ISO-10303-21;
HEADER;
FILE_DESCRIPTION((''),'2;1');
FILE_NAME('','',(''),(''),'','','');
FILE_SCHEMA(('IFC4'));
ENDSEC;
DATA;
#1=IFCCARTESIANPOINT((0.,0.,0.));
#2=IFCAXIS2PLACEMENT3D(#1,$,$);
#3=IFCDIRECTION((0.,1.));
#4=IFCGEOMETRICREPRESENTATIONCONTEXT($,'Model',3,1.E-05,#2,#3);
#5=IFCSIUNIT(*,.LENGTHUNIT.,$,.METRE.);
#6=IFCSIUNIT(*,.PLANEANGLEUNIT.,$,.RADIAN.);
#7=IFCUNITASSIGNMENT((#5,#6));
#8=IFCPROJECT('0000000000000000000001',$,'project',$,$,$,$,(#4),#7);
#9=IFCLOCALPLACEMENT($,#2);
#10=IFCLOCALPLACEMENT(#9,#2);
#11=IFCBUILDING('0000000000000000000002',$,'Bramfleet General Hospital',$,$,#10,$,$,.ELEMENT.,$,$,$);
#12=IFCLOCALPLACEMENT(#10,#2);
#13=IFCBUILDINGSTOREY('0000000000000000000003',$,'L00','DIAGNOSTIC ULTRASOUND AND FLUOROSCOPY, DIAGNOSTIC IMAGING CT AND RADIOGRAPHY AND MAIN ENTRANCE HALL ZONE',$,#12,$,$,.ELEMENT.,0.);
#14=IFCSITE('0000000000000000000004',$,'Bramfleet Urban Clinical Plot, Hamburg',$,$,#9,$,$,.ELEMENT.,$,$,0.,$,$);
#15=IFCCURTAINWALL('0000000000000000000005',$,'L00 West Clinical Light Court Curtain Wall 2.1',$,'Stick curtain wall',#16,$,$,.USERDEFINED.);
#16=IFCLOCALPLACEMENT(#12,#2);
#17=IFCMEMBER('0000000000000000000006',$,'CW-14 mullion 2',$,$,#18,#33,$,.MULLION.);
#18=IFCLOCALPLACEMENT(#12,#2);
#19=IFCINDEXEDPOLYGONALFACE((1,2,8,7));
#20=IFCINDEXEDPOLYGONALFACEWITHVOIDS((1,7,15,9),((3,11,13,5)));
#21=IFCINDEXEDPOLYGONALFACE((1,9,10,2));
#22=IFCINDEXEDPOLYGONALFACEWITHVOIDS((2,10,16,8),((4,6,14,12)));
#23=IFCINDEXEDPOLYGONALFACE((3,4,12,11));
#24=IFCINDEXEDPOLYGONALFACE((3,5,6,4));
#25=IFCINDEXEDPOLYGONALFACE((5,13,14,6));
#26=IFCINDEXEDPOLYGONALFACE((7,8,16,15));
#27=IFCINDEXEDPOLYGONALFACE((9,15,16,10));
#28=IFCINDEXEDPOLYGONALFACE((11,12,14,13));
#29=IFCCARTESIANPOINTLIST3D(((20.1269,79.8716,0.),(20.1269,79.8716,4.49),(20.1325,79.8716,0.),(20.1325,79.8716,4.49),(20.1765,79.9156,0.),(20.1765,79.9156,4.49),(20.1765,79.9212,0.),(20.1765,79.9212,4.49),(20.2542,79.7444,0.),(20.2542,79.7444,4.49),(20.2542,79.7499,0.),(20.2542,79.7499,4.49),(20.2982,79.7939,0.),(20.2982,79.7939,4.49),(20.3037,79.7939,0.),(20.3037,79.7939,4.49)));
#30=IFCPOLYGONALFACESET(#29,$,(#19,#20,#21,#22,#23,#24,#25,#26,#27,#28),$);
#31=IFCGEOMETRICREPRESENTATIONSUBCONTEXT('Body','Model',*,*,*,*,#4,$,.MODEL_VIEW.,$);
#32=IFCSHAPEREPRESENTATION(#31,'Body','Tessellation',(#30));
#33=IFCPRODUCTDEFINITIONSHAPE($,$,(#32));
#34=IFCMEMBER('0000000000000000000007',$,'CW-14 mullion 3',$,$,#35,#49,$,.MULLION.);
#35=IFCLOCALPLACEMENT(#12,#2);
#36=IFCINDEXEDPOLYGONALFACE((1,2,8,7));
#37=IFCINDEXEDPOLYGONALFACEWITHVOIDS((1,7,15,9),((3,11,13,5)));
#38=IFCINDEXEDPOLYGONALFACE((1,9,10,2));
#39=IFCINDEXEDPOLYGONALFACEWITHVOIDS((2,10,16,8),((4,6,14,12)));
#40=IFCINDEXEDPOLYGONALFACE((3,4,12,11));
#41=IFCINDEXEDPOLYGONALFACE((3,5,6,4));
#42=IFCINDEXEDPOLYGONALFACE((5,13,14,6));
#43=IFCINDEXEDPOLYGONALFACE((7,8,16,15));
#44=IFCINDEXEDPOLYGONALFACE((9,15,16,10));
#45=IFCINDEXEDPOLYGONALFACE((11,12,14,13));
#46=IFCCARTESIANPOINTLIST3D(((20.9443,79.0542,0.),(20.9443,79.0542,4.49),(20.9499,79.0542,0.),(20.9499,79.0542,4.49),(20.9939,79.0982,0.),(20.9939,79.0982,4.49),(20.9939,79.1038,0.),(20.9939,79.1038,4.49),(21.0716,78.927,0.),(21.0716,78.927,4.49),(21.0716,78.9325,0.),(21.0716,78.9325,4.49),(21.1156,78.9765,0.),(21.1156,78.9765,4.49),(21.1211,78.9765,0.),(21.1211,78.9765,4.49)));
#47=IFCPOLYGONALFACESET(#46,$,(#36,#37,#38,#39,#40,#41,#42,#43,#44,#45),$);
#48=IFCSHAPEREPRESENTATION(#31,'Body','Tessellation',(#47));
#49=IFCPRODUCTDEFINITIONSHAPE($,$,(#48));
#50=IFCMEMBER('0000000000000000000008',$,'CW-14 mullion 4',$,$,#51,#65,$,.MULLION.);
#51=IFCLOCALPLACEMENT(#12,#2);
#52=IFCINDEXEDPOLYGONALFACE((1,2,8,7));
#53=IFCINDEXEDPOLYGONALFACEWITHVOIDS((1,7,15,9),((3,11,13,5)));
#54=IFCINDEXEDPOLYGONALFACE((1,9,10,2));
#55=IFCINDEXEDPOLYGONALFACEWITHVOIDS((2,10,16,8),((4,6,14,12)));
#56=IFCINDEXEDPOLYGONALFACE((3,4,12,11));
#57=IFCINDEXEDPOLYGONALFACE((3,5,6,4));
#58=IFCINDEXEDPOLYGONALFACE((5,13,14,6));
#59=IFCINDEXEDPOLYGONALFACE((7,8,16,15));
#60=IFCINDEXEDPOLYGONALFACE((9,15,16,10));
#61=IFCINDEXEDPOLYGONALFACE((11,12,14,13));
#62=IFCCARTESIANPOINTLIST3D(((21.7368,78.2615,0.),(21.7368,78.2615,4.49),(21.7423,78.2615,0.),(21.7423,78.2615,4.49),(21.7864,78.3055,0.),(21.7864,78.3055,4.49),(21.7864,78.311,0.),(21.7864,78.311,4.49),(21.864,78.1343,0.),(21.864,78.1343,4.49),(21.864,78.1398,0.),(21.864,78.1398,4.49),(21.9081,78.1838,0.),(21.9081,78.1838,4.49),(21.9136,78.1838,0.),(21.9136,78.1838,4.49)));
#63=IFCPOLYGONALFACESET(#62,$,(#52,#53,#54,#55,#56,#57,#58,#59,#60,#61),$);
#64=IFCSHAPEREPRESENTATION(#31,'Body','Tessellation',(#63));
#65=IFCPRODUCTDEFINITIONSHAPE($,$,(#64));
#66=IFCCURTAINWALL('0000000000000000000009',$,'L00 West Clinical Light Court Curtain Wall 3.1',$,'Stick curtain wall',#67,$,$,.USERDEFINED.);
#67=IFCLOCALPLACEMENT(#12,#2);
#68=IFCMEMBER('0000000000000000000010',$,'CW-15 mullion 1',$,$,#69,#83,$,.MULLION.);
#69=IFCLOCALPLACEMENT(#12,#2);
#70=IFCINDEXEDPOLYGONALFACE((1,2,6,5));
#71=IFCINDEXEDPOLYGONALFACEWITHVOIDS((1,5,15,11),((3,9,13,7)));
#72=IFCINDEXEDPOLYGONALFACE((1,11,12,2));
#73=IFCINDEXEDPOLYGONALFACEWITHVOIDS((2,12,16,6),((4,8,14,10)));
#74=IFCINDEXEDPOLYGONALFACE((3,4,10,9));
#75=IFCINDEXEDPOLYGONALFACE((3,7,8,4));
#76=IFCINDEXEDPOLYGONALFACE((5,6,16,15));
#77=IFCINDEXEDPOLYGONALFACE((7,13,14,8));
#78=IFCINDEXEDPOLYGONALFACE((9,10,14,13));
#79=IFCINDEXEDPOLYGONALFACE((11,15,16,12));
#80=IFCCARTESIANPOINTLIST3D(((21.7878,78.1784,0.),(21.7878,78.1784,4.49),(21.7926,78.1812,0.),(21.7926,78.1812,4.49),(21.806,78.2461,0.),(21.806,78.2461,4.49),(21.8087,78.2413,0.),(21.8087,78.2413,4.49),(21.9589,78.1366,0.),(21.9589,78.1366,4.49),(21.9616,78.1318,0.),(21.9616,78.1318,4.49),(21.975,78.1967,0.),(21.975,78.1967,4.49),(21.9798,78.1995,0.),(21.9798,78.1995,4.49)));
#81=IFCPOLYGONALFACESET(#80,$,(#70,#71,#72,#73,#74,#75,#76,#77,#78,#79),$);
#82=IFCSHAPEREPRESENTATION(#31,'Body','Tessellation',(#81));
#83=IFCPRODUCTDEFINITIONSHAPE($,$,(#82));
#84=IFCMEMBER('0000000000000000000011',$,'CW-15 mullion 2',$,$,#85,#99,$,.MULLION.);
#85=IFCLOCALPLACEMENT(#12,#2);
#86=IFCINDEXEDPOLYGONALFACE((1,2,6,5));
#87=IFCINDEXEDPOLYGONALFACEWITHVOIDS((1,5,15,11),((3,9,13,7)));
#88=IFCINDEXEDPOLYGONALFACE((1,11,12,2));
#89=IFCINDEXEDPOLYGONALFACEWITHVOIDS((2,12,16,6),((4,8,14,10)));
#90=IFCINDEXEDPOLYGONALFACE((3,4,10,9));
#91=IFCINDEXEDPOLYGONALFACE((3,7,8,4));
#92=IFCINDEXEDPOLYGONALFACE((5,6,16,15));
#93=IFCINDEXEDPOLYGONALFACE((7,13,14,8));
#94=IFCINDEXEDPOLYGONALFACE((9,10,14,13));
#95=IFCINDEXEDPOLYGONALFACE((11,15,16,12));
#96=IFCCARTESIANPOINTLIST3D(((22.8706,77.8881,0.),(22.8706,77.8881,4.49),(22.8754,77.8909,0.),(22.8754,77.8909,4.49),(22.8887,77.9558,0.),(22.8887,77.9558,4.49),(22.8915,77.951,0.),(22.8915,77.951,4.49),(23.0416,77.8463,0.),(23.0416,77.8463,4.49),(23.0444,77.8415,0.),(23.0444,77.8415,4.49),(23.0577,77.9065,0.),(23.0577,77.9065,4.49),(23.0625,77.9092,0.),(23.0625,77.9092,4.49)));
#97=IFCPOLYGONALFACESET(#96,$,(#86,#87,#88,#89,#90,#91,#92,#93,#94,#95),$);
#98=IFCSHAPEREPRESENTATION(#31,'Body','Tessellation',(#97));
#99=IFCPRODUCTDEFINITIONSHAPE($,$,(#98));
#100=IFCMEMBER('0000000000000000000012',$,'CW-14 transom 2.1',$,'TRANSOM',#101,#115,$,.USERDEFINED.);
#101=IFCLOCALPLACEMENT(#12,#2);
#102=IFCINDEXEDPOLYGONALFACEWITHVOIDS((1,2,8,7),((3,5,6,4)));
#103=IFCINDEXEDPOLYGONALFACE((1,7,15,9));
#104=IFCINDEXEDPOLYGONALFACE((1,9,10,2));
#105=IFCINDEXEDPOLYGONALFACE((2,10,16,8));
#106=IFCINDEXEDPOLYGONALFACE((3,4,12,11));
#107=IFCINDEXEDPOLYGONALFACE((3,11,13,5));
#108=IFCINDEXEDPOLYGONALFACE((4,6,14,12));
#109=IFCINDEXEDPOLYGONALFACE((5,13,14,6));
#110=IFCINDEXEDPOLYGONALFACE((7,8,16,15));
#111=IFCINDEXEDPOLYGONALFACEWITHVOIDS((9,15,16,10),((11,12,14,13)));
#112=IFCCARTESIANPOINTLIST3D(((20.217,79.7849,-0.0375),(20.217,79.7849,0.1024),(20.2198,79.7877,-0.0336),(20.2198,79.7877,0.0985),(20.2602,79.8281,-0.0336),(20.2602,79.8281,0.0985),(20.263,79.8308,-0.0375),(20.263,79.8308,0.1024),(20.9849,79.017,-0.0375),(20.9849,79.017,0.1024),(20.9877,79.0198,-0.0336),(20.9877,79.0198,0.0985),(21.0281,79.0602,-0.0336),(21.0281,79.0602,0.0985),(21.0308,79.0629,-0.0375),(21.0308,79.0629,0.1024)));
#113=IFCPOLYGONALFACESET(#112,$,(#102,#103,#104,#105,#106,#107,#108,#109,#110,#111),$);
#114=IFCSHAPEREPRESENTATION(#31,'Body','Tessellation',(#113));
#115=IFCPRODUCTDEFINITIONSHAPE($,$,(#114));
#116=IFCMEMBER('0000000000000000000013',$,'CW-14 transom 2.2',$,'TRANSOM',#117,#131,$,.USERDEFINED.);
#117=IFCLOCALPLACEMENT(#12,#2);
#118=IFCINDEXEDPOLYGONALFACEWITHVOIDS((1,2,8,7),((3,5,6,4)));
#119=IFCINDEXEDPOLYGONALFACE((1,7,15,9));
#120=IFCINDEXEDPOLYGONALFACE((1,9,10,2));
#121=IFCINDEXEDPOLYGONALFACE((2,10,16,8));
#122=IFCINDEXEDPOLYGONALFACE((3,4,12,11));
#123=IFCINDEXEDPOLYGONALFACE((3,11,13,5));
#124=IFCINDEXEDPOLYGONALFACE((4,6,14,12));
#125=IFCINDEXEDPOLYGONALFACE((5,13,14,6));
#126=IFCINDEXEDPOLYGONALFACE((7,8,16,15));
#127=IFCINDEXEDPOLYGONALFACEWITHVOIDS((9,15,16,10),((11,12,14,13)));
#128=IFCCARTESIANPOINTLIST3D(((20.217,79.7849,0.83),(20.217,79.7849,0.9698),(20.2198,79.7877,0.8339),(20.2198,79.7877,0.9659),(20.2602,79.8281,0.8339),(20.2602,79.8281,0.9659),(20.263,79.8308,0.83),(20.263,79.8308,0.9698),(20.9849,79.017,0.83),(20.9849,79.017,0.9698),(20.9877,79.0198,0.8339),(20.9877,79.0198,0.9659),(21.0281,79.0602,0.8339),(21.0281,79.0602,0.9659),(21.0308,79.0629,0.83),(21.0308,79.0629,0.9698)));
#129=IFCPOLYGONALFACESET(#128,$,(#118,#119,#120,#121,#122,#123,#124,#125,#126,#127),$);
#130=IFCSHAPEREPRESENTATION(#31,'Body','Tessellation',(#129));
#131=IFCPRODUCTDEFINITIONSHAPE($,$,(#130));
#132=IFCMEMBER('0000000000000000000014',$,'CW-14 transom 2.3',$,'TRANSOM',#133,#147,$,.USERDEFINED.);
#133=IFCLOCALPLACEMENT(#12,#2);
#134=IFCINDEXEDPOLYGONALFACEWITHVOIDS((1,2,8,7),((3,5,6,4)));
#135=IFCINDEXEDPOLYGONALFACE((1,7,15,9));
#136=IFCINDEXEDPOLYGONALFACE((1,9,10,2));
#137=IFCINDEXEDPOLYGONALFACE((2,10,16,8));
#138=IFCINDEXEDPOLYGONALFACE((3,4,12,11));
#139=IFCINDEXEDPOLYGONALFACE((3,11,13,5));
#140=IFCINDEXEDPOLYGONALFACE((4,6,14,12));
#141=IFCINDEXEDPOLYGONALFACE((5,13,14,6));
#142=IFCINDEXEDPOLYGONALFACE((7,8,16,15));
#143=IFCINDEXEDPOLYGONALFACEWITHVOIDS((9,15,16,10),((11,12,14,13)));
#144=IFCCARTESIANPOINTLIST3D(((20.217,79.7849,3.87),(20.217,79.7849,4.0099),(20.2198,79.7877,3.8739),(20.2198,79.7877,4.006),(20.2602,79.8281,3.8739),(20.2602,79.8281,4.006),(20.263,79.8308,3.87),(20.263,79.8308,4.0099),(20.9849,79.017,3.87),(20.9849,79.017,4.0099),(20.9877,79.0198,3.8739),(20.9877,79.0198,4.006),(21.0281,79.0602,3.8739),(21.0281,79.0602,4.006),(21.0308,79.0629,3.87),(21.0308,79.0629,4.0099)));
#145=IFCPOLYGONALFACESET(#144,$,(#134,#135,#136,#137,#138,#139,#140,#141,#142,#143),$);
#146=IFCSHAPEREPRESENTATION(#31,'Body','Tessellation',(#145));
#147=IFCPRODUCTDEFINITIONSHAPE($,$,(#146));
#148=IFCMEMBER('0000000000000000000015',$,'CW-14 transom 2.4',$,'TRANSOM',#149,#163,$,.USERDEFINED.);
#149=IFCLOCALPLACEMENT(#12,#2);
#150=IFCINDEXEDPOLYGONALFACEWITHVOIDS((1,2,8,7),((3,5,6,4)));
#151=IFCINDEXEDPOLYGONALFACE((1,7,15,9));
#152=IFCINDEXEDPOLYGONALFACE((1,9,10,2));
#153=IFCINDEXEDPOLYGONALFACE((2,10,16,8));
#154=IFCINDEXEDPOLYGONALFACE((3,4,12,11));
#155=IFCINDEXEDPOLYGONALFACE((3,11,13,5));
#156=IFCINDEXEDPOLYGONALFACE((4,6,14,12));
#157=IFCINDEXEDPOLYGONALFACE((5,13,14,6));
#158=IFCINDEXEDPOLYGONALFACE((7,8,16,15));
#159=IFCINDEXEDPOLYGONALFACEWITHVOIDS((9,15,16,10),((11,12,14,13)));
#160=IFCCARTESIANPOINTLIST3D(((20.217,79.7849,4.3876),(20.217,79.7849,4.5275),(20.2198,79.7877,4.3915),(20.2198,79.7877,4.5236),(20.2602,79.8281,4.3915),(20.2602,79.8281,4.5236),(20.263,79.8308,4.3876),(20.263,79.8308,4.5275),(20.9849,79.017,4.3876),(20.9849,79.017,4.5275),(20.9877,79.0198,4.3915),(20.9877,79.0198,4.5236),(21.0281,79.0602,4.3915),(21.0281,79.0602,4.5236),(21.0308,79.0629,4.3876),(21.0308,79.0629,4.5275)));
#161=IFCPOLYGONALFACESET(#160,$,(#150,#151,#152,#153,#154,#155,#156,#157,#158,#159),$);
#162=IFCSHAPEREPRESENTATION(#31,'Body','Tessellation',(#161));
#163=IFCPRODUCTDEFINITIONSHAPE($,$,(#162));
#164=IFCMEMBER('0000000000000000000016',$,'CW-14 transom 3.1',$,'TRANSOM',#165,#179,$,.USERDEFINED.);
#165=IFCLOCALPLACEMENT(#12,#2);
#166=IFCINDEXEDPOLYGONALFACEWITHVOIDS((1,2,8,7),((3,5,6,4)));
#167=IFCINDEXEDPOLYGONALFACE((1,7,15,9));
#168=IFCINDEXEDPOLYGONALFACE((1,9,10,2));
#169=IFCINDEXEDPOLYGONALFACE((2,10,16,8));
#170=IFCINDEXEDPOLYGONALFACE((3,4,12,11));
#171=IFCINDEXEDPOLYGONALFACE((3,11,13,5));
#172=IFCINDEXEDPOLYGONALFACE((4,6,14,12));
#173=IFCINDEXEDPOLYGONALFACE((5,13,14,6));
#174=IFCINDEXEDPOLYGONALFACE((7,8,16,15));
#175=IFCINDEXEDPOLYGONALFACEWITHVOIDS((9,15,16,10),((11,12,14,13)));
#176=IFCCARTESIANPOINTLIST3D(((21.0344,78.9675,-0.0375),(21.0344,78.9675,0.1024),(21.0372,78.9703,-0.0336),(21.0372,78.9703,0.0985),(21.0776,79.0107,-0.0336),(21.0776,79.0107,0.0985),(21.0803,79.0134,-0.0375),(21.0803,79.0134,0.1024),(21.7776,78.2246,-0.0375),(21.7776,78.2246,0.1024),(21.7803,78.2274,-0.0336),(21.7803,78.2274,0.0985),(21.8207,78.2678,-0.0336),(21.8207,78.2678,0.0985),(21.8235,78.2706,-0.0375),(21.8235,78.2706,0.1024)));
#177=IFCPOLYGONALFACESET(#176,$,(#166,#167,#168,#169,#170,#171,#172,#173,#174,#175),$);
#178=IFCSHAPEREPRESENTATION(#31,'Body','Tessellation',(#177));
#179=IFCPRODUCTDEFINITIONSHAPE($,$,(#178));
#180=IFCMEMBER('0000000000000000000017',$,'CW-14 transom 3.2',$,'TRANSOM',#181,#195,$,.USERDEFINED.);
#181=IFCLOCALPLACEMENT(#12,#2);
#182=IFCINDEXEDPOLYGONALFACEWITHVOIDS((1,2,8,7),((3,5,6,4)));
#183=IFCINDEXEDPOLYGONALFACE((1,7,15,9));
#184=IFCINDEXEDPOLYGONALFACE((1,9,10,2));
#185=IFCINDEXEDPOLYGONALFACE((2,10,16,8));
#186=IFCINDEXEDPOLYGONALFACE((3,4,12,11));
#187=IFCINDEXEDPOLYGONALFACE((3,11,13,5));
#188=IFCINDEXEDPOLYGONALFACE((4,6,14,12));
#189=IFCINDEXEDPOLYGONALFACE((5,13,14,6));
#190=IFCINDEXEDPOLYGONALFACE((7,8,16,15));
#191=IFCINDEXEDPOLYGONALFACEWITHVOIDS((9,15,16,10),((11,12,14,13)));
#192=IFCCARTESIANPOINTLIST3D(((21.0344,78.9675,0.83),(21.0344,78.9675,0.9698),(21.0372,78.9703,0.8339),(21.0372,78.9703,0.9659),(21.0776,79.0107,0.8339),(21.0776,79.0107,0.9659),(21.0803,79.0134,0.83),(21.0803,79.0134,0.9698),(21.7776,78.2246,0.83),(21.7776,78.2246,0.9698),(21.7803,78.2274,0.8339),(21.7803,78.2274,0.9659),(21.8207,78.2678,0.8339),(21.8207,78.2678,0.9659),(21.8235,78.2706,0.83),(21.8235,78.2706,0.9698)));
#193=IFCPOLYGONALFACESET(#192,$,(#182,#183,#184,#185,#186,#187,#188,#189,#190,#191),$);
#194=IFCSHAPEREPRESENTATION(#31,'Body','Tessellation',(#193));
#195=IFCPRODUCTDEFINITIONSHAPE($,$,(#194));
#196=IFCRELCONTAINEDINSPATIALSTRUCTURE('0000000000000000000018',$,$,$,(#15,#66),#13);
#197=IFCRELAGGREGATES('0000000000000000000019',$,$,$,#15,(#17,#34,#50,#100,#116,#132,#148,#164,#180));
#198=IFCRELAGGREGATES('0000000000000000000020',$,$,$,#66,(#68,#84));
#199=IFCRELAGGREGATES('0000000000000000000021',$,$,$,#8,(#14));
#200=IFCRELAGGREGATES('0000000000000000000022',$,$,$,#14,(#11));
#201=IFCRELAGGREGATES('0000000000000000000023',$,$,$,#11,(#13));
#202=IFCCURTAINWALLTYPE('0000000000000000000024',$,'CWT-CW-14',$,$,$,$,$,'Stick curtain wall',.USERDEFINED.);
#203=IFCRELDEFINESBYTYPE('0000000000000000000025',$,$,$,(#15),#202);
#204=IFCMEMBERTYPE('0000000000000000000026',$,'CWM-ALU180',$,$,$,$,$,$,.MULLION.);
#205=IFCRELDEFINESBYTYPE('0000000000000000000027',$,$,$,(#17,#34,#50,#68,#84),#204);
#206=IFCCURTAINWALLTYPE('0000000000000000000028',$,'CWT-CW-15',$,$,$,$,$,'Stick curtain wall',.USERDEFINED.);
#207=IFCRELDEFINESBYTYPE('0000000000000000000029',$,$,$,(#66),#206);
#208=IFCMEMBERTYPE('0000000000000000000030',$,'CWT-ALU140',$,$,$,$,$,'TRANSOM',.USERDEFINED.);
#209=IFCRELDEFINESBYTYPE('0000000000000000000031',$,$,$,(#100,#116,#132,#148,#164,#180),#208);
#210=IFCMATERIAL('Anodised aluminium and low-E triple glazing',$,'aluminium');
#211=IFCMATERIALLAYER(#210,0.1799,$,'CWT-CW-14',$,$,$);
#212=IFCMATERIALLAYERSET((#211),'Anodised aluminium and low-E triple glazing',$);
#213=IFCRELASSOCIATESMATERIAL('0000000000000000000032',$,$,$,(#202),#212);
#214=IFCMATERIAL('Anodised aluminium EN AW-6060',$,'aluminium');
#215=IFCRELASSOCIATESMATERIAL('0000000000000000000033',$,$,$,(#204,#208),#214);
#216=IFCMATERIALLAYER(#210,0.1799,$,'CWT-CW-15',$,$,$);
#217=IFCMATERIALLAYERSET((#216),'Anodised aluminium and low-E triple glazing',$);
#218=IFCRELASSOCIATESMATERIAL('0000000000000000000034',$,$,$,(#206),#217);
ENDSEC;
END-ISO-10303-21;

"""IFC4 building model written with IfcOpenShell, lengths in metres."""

from ifc_helpers import new_model, si_unit, direction, frame, origin, origin_2d, place, context, subcontext, project, spatial, hollow_rectangle, extrude, material, layer, layer_set, material_profile, profile_set, type_object, element, aggregate, save


model = new_model("IFC4")

# Units and contexts
model_context = context("Model", 3, precision=1e-05, world=origin(), true_north=direction((0.0, 1.0)))
body_context = subcontext(model_context, "Body", "Model", "MODEL_VIEW")
ifc_project = project(units=[si_unit("LENGTHUNIT", "METRE"), si_unit("PLANEANGLEUNIT", "RADIAN")], contexts=[model_context])

# Site, building, storey
site_placement = place(None, origin())
site = spatial("IfcSite", under=ifc_project, at=site_placement, Name="Bramfleet Urban Clinical Plot, Hamburg", CompositionType="ELEMENT", RefElevation=0.0)
building_placement = place(site_placement, origin())
building = spatial("IfcBuilding", under=site, at=building_placement, Name="Bramfleet General Hospital", CompositionType="ELEMENT")
storey_placement = place(building_placement, origin())
storey = spatial("IfcBuildingStorey", under=building, at=storey_placement, Name="L00", Description="DIAGNOSTIC ULTRASOUND AND FLUOROSCOPY, DIAGNOSTIC IMAGING CT AND RADIOGRAPHY AND MAIN ENTRANCE HALL ZONE", CompositionType="ELEMENT", Elevation=0.0)

# Curtain walls, members
ifc_material_1 = material(Name="Anodised aluminium and low-E triple glazing", Category="aluminium")
ifc_layer_1 = layer(ifc_material_1, 0.1799, Name="CWT-CW-14")
ifc_layer_set_1 = layer_set([ifc_layer_1], Name="Anodised aluminium and low-E triple glazing")
curtain_wall_type_1 = type_object("IfcCurtainWallType", Name="CWT-CW-14", ElementType="Stick curtain wall", PredefinedType="USERDEFINED", material=ifc_layer_set_1)
curtain_wall_1_placement = place(storey_placement, origin())
curtain_wall_1 = element("IfcCurtainWall", 1, at=curtain_wall_1_placement, inside=storey, type_object=curtain_wall_type_1, Name="L00 West Clinical Light Court Curtain Wall 2.1", ObjectType="Stick curtain wall", PredefinedType="USERDEFINED")
ifc_material_2 = material(Name="Anodised aluminium EN AW-6060", Category="aluminium")
ifc_material_profile_1 = material_profile(ifc_material_2, hollow_rectangle(XDim=0.0701, YDim=0.1799, WallThickness=0.0039, at=origin_2d()), Name="ALU 180x70x4.0")
ifc_profile_set_1 = profile_set([ifc_material_profile_1], Name="Anodised aluminium EN AW-6060")
member_type_1 = type_object("IfcMemberType", Name="CWM-ALU180", PredefinedType="MULLION", material=ifc_profile_set_1)
member_1_placement = place(storey_placement, frame((20.2153, 79.8328, 0.0), z_axis=(0.0, 0.0, 1.0), x_axis=(0.707107, 0.707107, 0.0)))
member_1 = element("IfcMember", 2, at=member_1_placement, type_object=member_type_1, Name="CW-14 mullion 2", PredefinedType="MULLION", context=body_context, shape_type="SweptSolid", body=[
    extrude(hollow_rectangle(XDim=0.0701, YDim=0.1799, WallThickness=0.0039, at=origin_2d()), origin(), (0.0, 0.0, 1.0), 4.49),
])
member_2_placement = place(storey_placement, frame((21.0327, 79.0154, 0.0), z_axis=(0.0, 0.0, 1.0), x_axis=(0.707107, 0.707107, 0.0)))
member_2 = element("IfcMember", 3, at=member_2_placement, type_object=member_type_1, Name="CW-14 mullion 3", PredefinedType="MULLION", context=body_context, shape_type="SweptSolid", body=[
    extrude(hollow_rectangle(XDim=0.0701, YDim=0.1799, WallThickness=0.0039, at=origin_2d()), origin(), (0.0, 0.0, 1.0), 4.49),
])
member_3_placement = place(storey_placement, frame((21.8252, 78.2227, 0.0), z_axis=(0.0, 0.0, 1.0), x_axis=(0.707107, 0.707107, 0.0)))
member_3 = element("IfcMember", 4, at=member_3_placement, type_object=member_type_1, Name="CW-14 mullion 4", PredefinedType="MULLION", context=body_context, shape_type="SweptSolid", body=[
    extrude(hollow_rectangle(XDim=0.0701, YDim=0.1799, WallThickness=0.0039, at=origin_2d()), origin(), (0.0, 0.0, 1.0), 4.49),
])
ifc_layer_2 = layer(ifc_material_1, 0.1799, Name="CWT-CW-15")
ifc_layer_set_2 = layer_set([ifc_layer_2], Name="Anodised aluminium and low-E triple glazing")
curtain_wall_type_2 = type_object("IfcCurtainWallType", Name="CWT-CW-15", ElementType="Stick curtain wall", PredefinedType="USERDEFINED", material=ifc_layer_set_2)
curtain_wall_2_placement = place(storey_placement, origin())
curtain_wall_2 = element("IfcCurtainWall", 5, at=curtain_wall_2_placement, inside=storey, type_object=curtain_wall_type_2, Name="L00 West Clinical Light Court Curtain Wall 3.1", ObjectType="Stick curtain wall", PredefinedType="USERDEFINED")
member_4_placement = place(storey_placement, frame((21.8838, 78.189, 0.0), z_axis=(0.0, 0.0, 1.0), x_axis=(0.258919, 0.965899, 0.0)))
member_4 = element("IfcMember", 6, at=member_4_placement, type_object=member_type_1, Name="CW-15 mullion 1", PredefinedType="MULLION", context=body_context, shape_type="SweptSolid", body=[
    extrude(hollow_rectangle(XDim=0.0701, YDim=0.1799, WallThickness=0.0039, at=origin_2d()), origin(), (0.0, 0.0, 1.0), 4.49),
])
member_5_placement = place(storey_placement, frame((22.9666, 77.8987, 0.0), z_axis=(0.0, 0.0, 1.0), x_axis=(0.258919, 0.965899, 0.0)))
member_5 = element("IfcMember", 7, at=member_5_placement, type_object=member_type_1, Name="CW-15 mullion 2", PredefinedType="MULLION", context=body_context, shape_type="SweptSolid", body=[
    extrude(hollow_rectangle(XDim=0.0701, YDim=0.1799, WallThickness=0.0039, at=origin_2d()), origin(), (0.0, 0.0, 1.0), 4.49),
])

# Members
ifc_material_profile_2 = material_profile(ifc_material_2, hollow_rectangle(XDim=0.0649, YDim=0.1399, WallThickness=0.0039, at=origin_2d()), Name="ALU 140x65x4.0")
ifc_profile_set_2 = profile_set([ifc_material_profile_2], Name="Anodised aluminium EN AW-6060")
member_type_2 = type_object("IfcMemberType", Name="CWT-ALU140", ElementType="TRANSOM", PredefinedType="USERDEFINED", material=ifc_profile_set_2)
member_6_placement = place(storey_placement, frame((20.24, 79.8079, 0.0325), z_axis=(0.707107, -0.707107, 0.0), x_axis=(0.707107, 0.707107, 0.0)))
member_6 = element("IfcMember", 8, at=member_6_placement, type_object=member_type_2, Name="CW-14 transom 2.1", ObjectType="TRANSOM", PredefinedType="USERDEFINED", context=body_context, shape_type="SweptSolid", body=[
    extrude(hollow_rectangle(XDim=0.0649, YDim=0.1399, WallThickness=0.0039, at=origin_2d()), origin(), (0.0, 0.0, 1.0), 1.0859),
])
member_7_placement = place(storey_placement, frame((20.24, 79.8079, 0.8999), z_axis=(0.707107, -0.707107, 0.0), x_axis=(0.707107, 0.707107, 0.0)))
member_7 = element("IfcMember", 9, at=member_7_placement, type_object=member_type_2, Name="CW-14 transom 2.2", ObjectType="TRANSOM", PredefinedType="USERDEFINED", context=body_context, shape_type="SweptSolid", body=[
    extrude(hollow_rectangle(XDim=0.0649, YDim=0.1399, WallThickness=0.0039, at=origin_2d()), origin(), (0.0, 0.0, 1.0), 1.0859),
])
member_8_placement = place(storey_placement, frame((20.24, 79.8079, 3.9399), z_axis=(0.707107, -0.707107, 0.0), x_axis=(0.707107, 0.707107, 0.0)))
member_8 = element("IfcMember", 10, at=member_8_placement, type_object=member_type_2, Name="CW-14 transom 2.3", ObjectType="TRANSOM", PredefinedType="USERDEFINED", context=body_context, shape_type="SweptSolid", body=[
    extrude(hollow_rectangle(XDim=0.0649, YDim=0.1399, WallThickness=0.0039, at=origin_2d()), origin(), (0.0, 0.0, 1.0), 1.0859),
])
member_9_placement = place(storey_placement, frame((20.24, 79.8079, 4.4575), z_axis=(0.707107, -0.707107, 0.0), x_axis=(0.707107, 0.707107, 0.0)))
member_9 = element("IfcMember", 11, at=member_9_placement, type_object=member_type_2, Name="CW-14 transom 2.4", ObjectType="TRANSOM", PredefinedType="USERDEFINED", context=body_context, shape_type="SweptSolid", body=[
    extrude(hollow_rectangle(XDim=0.0649, YDim=0.1399, WallThickness=0.0039, at=origin_2d()), origin(), (0.0, 0.0, 1.0), 1.0859),
])
member_10_placement = place(storey_placement, frame((21.0574, 78.9905, 0.0325), z_axis=(0.707223, -0.706991, 0.0), x_axis=(0.706991, 0.707223, 0.0)))
member_10 = element("IfcMember", 12, at=member_10_placement, type_object=member_type_2, Name="CW-14 transom 3.1", ObjectType="TRANSOM", PredefinedType="USERDEFINED", context=body_context, shape_type="SweptSolid", body=[
    extrude(hollow_rectangle(XDim=0.0649, YDim=0.1399, WallThickness=0.0039, at=origin_2d()), origin(), (0.0, 0.0, 1.0), 1.0508),
])
member_11_placement = place(storey_placement, frame((21.0574, 78.9905, 0.8999), z_axis=(0.707223, -0.706991, 0.0), x_axis=(0.706991, 0.707223, 0.0)))
member_11 = element("IfcMember", 13, at=member_11_placement, type_object=member_type_2, Name="CW-14 transom 3.2", ObjectType="TRANSOM", PredefinedType="USERDEFINED", context=body_context, shape_type="SweptSolid", body=[
    extrude(hollow_rectangle(XDim=0.0649, YDim=0.1399, WallThickness=0.0039, at=origin_2d()), origin(), (0.0, 0.0, 1.0), 1.0508),
])

aggregate(curtain_wall_1, [member_1, member_2, member_3, member_6, member_7, member_8, member_9, member_10, member_11])
aggregate(curtain_wall_2, [member_4, member_5])

save(model, "model.ifc")
